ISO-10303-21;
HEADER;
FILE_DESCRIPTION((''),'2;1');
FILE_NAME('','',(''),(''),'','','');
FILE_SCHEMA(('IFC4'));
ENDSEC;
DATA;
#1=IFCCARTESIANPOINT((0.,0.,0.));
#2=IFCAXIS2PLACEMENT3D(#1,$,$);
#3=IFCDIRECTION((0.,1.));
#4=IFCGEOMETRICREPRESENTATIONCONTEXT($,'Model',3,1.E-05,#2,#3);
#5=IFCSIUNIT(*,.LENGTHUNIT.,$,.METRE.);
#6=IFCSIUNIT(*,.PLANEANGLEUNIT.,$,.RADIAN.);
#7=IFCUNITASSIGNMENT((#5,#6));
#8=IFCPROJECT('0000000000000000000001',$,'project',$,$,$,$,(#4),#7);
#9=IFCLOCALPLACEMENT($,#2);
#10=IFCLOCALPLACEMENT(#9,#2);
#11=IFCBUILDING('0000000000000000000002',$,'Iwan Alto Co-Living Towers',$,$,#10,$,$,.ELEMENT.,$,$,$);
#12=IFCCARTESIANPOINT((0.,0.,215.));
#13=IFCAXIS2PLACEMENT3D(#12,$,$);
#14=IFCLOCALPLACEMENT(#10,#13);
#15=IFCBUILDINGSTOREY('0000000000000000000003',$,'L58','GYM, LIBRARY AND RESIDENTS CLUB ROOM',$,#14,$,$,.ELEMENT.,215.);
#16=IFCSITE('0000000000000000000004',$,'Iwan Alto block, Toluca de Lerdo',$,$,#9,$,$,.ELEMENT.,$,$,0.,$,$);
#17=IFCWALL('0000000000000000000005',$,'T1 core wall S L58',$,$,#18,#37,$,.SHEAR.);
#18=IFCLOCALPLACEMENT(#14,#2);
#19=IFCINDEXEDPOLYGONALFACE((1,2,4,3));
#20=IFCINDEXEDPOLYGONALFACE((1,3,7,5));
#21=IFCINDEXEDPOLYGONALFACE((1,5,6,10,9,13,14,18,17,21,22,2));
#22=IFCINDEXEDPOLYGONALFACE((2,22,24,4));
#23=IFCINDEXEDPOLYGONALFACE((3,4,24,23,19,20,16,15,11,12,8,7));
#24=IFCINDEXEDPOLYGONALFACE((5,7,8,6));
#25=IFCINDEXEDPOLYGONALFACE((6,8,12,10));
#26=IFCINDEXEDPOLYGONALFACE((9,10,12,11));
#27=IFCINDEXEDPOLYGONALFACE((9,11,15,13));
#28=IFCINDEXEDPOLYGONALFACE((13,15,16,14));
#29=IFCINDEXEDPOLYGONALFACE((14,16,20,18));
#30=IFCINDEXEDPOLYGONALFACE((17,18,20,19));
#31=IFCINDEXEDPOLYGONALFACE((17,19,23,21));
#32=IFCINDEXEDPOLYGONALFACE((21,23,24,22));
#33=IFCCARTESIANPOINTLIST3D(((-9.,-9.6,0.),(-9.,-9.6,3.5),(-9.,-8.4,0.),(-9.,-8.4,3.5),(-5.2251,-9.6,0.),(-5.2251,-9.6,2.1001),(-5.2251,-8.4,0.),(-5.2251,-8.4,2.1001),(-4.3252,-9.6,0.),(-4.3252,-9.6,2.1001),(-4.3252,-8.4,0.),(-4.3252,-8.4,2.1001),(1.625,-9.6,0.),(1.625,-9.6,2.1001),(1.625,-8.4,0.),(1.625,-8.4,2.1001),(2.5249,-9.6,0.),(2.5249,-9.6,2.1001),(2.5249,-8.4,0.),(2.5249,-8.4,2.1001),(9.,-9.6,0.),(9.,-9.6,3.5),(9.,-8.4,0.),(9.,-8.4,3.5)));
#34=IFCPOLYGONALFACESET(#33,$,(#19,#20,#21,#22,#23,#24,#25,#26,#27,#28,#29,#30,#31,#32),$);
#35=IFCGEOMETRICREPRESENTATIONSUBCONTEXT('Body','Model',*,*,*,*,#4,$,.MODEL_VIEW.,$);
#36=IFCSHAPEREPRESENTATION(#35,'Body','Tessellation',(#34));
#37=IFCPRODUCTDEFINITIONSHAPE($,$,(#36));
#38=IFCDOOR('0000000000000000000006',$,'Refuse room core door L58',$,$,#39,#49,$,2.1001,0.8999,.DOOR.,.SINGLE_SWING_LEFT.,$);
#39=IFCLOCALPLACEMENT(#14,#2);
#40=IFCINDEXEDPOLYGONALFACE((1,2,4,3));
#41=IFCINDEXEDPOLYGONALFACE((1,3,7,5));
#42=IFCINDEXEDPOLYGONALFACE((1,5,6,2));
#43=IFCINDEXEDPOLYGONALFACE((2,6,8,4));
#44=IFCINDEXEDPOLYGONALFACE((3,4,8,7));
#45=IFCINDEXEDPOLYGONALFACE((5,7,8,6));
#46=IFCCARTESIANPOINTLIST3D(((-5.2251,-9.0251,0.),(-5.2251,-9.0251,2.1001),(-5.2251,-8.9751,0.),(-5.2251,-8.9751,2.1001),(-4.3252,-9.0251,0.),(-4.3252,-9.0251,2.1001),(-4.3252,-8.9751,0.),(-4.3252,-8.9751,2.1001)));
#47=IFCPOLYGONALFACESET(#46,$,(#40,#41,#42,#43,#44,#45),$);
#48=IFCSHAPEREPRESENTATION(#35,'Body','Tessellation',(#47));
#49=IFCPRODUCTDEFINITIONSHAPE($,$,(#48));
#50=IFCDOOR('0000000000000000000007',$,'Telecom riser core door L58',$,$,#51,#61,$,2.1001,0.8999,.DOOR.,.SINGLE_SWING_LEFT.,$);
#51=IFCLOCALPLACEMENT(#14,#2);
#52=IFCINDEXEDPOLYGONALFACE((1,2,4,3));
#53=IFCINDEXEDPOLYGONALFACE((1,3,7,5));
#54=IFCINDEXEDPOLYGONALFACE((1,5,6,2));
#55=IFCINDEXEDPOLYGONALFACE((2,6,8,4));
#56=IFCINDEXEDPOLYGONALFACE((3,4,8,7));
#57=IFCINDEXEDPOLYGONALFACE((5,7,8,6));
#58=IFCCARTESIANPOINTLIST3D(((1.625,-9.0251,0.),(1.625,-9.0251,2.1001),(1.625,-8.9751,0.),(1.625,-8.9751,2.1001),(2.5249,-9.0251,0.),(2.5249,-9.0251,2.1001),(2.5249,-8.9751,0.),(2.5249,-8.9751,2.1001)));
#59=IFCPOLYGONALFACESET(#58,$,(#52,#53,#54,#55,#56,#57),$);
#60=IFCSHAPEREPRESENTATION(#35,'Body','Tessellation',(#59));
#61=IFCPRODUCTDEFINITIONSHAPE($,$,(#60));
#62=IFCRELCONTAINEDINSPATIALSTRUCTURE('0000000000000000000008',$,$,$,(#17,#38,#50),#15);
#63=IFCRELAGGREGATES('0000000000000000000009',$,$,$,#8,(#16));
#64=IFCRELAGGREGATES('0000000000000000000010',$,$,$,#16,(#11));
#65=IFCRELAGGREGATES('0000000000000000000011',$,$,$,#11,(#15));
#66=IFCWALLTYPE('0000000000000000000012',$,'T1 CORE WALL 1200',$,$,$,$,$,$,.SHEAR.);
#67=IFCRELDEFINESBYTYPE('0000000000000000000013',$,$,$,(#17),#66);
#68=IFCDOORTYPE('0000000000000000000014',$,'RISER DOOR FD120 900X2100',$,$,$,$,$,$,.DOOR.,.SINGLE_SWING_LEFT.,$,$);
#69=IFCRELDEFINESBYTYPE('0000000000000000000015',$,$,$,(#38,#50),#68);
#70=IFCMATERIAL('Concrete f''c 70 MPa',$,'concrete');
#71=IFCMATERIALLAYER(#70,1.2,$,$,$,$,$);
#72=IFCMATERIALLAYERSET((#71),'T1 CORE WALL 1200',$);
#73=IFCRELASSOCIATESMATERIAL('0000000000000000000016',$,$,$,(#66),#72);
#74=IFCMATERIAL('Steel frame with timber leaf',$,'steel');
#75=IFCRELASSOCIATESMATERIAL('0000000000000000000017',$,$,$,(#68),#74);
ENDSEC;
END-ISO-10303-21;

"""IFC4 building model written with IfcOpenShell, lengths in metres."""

from ifc_helpers import new_model, si_unit, direction, frame, frame_2d, origin, place, context, subcontext, project, spatial, rectangle, extrude, material, layer, layer_set, type_object, element, fill, save


model = new_model("IFC4")

# Units and contexts
model_context = context("Model", 3, precision=1e-05, world=origin(), true_north=direction((0.0, 1.0)))
body_context = subcontext(model_context, "Body", "Model", "MODEL_VIEW")
ifc_project = project(units=[si_unit("LENGTHUNIT", "METRE"), si_unit("PLANEANGLEUNIT", "RADIAN")], contexts=[model_context])

# Site, building, storey
site_placement = place(None, origin())
site = spatial("IfcSite", under=ifc_project, at=site_placement, Name="Iwan Alto block, Toluca de Lerdo", CompositionType="ELEMENT", RefElevation=0.0)
building_placement = place(site_placement, origin())
building = spatial("IfcBuilding", under=site, at=building_placement, Name="Iwan Alto Co-Living Towers", CompositionType="ELEMENT")
storey_placement = place(building_placement, frame((0.0, 0.0, 215.0)))
storey = spatial("IfcBuildingStorey", under=building, at=storey_placement, Name="L58", Description="GYM, LIBRARY AND RESIDENTS CLUB ROOM", CompositionType="ELEMENT", Elevation=215.0)

# Wall, openings, doors
ifc_material_1 = material(Name="Concrete f'c 70 MPa", Category="concrete")
ifc_layer_1 = layer(ifc_material_1, 1.2)
ifc_layer_set_1 = layer_set([ifc_layer_1], Name="T1 CORE WALL 1200")
wall_type_1 = type_object("IfcWallType", Name="T1 CORE WALL 1200", PredefinedType="SHEAR", material=ifc_layer_set_1)
wall_1_placement = place(storey_placement, frame((-9.0, -9.0, 0.0), z_axis=(0.0, 0.0, 1.0), x_axis=(1.0, 0.0, 0.0)))
wall_1 = element("IfcWall", 1, at=wall_1_placement, inside=storey, type_object=wall_type_1, Name="T1 core wall S L58", PredefinedType="SHEAR", context=body_context, shape_type="SweptSolid", body=[
    extrude(rectangle(XDim=18.0, YDim=1.2, at=frame_2d((9.0, 0.0))), origin(), (0.0, 0.0, 1.0), 3.5),
])
opening_1_placement = place(wall_1_placement, frame((3.7749, 0.0, 0.0)))
opening_1 = element("IfcOpeningElement", 2, at=opening_1_placement, cuts=wall_1, PredefinedType="OPENING", context=body_context, shape_type="SweptSolid", body=[
    extrude(rectangle(XDim=0.8999, YDim=2.1001, at=frame_2d((0.45, 1.05))), frame((0.0, 0.6099, 0.0), z_axis=(0.0, -1.0, 0.0), x_axis=(1.0, 0.0, 0.0)), (0.0, 0.0, 1.0), 1.22),
])
opening_2_placement = place(wall_1_placement, frame((10.625, 0.0, 0.0)))
opening_2 = element("IfcOpeningElement", 3, at=opening_2_placement, cuts=wall_1, PredefinedType="OPENING", context=body_context, shape_type="SweptSolid", body=[
    extrude(rectangle(XDim=0.8999, YDim=2.1001, at=frame_2d((0.45, 1.05))), frame((0.0, 0.6099, 0.0), z_axis=(0.0, -1.0, 0.0), x_axis=(1.0, 0.0, 0.0)), (0.0, 0.0, 1.0), 1.22),
])
ifc_material_2 = material(Name="Steel frame with timber leaf", Category="steel")
door_type_1 = type_object("IfcDoorType", Name="RISER DOOR FD120 900X2100", OperationType="SINGLE_SWING_LEFT", PredefinedType="DOOR", material=ifc_material_2)
door_1_placement = place(opening_1_placement, origin())
door_1 = element("IfcDoor", 4, at=door_1_placement, inside=storey, type_object=door_type_1, Name="Refuse room core door L58", OperationType="SINGLE_SWING_LEFT", OverallHeight=2.1001, OverallWidth=0.8999, PredefinedType="DOOR", context=body_context, shape_type="SweptSolid", body=[
    extrude(rectangle(XDim=0.8999, YDim=2.1001, at=frame_2d((0.45, 1.05))), frame((0.0, 0.0249, 0.0), z_axis=(0.0, -1.0, 0.0), x_axis=(1.0, 0.0, 0.0)), (0.0, 0.0, 1.0), 0.05),
])
fill(opening_1, door_1)
door_2_placement = place(opening_2_placement, origin())
door_2 = element("IfcDoor", 5, at=door_2_placement, inside=storey, type_object=door_type_1, Name="Telecom riser core door L58", OperationType="SINGLE_SWING_LEFT", OverallHeight=2.1001, OverallWidth=0.8999, PredefinedType="DOOR", context=body_context, shape_type="SweptSolid", body=[
    extrude(rectangle(XDim=0.8999, YDim=2.1001, at=frame_2d((0.45, 1.05))), frame((0.0, 0.0249, 0.0), z_axis=(0.0, -1.0, 0.0), x_axis=(1.0, 0.0, 0.0)), (0.0, 0.0, 1.0), 0.05),
])
fill(opening_2, door_2)

save(model, "model.ifc")
